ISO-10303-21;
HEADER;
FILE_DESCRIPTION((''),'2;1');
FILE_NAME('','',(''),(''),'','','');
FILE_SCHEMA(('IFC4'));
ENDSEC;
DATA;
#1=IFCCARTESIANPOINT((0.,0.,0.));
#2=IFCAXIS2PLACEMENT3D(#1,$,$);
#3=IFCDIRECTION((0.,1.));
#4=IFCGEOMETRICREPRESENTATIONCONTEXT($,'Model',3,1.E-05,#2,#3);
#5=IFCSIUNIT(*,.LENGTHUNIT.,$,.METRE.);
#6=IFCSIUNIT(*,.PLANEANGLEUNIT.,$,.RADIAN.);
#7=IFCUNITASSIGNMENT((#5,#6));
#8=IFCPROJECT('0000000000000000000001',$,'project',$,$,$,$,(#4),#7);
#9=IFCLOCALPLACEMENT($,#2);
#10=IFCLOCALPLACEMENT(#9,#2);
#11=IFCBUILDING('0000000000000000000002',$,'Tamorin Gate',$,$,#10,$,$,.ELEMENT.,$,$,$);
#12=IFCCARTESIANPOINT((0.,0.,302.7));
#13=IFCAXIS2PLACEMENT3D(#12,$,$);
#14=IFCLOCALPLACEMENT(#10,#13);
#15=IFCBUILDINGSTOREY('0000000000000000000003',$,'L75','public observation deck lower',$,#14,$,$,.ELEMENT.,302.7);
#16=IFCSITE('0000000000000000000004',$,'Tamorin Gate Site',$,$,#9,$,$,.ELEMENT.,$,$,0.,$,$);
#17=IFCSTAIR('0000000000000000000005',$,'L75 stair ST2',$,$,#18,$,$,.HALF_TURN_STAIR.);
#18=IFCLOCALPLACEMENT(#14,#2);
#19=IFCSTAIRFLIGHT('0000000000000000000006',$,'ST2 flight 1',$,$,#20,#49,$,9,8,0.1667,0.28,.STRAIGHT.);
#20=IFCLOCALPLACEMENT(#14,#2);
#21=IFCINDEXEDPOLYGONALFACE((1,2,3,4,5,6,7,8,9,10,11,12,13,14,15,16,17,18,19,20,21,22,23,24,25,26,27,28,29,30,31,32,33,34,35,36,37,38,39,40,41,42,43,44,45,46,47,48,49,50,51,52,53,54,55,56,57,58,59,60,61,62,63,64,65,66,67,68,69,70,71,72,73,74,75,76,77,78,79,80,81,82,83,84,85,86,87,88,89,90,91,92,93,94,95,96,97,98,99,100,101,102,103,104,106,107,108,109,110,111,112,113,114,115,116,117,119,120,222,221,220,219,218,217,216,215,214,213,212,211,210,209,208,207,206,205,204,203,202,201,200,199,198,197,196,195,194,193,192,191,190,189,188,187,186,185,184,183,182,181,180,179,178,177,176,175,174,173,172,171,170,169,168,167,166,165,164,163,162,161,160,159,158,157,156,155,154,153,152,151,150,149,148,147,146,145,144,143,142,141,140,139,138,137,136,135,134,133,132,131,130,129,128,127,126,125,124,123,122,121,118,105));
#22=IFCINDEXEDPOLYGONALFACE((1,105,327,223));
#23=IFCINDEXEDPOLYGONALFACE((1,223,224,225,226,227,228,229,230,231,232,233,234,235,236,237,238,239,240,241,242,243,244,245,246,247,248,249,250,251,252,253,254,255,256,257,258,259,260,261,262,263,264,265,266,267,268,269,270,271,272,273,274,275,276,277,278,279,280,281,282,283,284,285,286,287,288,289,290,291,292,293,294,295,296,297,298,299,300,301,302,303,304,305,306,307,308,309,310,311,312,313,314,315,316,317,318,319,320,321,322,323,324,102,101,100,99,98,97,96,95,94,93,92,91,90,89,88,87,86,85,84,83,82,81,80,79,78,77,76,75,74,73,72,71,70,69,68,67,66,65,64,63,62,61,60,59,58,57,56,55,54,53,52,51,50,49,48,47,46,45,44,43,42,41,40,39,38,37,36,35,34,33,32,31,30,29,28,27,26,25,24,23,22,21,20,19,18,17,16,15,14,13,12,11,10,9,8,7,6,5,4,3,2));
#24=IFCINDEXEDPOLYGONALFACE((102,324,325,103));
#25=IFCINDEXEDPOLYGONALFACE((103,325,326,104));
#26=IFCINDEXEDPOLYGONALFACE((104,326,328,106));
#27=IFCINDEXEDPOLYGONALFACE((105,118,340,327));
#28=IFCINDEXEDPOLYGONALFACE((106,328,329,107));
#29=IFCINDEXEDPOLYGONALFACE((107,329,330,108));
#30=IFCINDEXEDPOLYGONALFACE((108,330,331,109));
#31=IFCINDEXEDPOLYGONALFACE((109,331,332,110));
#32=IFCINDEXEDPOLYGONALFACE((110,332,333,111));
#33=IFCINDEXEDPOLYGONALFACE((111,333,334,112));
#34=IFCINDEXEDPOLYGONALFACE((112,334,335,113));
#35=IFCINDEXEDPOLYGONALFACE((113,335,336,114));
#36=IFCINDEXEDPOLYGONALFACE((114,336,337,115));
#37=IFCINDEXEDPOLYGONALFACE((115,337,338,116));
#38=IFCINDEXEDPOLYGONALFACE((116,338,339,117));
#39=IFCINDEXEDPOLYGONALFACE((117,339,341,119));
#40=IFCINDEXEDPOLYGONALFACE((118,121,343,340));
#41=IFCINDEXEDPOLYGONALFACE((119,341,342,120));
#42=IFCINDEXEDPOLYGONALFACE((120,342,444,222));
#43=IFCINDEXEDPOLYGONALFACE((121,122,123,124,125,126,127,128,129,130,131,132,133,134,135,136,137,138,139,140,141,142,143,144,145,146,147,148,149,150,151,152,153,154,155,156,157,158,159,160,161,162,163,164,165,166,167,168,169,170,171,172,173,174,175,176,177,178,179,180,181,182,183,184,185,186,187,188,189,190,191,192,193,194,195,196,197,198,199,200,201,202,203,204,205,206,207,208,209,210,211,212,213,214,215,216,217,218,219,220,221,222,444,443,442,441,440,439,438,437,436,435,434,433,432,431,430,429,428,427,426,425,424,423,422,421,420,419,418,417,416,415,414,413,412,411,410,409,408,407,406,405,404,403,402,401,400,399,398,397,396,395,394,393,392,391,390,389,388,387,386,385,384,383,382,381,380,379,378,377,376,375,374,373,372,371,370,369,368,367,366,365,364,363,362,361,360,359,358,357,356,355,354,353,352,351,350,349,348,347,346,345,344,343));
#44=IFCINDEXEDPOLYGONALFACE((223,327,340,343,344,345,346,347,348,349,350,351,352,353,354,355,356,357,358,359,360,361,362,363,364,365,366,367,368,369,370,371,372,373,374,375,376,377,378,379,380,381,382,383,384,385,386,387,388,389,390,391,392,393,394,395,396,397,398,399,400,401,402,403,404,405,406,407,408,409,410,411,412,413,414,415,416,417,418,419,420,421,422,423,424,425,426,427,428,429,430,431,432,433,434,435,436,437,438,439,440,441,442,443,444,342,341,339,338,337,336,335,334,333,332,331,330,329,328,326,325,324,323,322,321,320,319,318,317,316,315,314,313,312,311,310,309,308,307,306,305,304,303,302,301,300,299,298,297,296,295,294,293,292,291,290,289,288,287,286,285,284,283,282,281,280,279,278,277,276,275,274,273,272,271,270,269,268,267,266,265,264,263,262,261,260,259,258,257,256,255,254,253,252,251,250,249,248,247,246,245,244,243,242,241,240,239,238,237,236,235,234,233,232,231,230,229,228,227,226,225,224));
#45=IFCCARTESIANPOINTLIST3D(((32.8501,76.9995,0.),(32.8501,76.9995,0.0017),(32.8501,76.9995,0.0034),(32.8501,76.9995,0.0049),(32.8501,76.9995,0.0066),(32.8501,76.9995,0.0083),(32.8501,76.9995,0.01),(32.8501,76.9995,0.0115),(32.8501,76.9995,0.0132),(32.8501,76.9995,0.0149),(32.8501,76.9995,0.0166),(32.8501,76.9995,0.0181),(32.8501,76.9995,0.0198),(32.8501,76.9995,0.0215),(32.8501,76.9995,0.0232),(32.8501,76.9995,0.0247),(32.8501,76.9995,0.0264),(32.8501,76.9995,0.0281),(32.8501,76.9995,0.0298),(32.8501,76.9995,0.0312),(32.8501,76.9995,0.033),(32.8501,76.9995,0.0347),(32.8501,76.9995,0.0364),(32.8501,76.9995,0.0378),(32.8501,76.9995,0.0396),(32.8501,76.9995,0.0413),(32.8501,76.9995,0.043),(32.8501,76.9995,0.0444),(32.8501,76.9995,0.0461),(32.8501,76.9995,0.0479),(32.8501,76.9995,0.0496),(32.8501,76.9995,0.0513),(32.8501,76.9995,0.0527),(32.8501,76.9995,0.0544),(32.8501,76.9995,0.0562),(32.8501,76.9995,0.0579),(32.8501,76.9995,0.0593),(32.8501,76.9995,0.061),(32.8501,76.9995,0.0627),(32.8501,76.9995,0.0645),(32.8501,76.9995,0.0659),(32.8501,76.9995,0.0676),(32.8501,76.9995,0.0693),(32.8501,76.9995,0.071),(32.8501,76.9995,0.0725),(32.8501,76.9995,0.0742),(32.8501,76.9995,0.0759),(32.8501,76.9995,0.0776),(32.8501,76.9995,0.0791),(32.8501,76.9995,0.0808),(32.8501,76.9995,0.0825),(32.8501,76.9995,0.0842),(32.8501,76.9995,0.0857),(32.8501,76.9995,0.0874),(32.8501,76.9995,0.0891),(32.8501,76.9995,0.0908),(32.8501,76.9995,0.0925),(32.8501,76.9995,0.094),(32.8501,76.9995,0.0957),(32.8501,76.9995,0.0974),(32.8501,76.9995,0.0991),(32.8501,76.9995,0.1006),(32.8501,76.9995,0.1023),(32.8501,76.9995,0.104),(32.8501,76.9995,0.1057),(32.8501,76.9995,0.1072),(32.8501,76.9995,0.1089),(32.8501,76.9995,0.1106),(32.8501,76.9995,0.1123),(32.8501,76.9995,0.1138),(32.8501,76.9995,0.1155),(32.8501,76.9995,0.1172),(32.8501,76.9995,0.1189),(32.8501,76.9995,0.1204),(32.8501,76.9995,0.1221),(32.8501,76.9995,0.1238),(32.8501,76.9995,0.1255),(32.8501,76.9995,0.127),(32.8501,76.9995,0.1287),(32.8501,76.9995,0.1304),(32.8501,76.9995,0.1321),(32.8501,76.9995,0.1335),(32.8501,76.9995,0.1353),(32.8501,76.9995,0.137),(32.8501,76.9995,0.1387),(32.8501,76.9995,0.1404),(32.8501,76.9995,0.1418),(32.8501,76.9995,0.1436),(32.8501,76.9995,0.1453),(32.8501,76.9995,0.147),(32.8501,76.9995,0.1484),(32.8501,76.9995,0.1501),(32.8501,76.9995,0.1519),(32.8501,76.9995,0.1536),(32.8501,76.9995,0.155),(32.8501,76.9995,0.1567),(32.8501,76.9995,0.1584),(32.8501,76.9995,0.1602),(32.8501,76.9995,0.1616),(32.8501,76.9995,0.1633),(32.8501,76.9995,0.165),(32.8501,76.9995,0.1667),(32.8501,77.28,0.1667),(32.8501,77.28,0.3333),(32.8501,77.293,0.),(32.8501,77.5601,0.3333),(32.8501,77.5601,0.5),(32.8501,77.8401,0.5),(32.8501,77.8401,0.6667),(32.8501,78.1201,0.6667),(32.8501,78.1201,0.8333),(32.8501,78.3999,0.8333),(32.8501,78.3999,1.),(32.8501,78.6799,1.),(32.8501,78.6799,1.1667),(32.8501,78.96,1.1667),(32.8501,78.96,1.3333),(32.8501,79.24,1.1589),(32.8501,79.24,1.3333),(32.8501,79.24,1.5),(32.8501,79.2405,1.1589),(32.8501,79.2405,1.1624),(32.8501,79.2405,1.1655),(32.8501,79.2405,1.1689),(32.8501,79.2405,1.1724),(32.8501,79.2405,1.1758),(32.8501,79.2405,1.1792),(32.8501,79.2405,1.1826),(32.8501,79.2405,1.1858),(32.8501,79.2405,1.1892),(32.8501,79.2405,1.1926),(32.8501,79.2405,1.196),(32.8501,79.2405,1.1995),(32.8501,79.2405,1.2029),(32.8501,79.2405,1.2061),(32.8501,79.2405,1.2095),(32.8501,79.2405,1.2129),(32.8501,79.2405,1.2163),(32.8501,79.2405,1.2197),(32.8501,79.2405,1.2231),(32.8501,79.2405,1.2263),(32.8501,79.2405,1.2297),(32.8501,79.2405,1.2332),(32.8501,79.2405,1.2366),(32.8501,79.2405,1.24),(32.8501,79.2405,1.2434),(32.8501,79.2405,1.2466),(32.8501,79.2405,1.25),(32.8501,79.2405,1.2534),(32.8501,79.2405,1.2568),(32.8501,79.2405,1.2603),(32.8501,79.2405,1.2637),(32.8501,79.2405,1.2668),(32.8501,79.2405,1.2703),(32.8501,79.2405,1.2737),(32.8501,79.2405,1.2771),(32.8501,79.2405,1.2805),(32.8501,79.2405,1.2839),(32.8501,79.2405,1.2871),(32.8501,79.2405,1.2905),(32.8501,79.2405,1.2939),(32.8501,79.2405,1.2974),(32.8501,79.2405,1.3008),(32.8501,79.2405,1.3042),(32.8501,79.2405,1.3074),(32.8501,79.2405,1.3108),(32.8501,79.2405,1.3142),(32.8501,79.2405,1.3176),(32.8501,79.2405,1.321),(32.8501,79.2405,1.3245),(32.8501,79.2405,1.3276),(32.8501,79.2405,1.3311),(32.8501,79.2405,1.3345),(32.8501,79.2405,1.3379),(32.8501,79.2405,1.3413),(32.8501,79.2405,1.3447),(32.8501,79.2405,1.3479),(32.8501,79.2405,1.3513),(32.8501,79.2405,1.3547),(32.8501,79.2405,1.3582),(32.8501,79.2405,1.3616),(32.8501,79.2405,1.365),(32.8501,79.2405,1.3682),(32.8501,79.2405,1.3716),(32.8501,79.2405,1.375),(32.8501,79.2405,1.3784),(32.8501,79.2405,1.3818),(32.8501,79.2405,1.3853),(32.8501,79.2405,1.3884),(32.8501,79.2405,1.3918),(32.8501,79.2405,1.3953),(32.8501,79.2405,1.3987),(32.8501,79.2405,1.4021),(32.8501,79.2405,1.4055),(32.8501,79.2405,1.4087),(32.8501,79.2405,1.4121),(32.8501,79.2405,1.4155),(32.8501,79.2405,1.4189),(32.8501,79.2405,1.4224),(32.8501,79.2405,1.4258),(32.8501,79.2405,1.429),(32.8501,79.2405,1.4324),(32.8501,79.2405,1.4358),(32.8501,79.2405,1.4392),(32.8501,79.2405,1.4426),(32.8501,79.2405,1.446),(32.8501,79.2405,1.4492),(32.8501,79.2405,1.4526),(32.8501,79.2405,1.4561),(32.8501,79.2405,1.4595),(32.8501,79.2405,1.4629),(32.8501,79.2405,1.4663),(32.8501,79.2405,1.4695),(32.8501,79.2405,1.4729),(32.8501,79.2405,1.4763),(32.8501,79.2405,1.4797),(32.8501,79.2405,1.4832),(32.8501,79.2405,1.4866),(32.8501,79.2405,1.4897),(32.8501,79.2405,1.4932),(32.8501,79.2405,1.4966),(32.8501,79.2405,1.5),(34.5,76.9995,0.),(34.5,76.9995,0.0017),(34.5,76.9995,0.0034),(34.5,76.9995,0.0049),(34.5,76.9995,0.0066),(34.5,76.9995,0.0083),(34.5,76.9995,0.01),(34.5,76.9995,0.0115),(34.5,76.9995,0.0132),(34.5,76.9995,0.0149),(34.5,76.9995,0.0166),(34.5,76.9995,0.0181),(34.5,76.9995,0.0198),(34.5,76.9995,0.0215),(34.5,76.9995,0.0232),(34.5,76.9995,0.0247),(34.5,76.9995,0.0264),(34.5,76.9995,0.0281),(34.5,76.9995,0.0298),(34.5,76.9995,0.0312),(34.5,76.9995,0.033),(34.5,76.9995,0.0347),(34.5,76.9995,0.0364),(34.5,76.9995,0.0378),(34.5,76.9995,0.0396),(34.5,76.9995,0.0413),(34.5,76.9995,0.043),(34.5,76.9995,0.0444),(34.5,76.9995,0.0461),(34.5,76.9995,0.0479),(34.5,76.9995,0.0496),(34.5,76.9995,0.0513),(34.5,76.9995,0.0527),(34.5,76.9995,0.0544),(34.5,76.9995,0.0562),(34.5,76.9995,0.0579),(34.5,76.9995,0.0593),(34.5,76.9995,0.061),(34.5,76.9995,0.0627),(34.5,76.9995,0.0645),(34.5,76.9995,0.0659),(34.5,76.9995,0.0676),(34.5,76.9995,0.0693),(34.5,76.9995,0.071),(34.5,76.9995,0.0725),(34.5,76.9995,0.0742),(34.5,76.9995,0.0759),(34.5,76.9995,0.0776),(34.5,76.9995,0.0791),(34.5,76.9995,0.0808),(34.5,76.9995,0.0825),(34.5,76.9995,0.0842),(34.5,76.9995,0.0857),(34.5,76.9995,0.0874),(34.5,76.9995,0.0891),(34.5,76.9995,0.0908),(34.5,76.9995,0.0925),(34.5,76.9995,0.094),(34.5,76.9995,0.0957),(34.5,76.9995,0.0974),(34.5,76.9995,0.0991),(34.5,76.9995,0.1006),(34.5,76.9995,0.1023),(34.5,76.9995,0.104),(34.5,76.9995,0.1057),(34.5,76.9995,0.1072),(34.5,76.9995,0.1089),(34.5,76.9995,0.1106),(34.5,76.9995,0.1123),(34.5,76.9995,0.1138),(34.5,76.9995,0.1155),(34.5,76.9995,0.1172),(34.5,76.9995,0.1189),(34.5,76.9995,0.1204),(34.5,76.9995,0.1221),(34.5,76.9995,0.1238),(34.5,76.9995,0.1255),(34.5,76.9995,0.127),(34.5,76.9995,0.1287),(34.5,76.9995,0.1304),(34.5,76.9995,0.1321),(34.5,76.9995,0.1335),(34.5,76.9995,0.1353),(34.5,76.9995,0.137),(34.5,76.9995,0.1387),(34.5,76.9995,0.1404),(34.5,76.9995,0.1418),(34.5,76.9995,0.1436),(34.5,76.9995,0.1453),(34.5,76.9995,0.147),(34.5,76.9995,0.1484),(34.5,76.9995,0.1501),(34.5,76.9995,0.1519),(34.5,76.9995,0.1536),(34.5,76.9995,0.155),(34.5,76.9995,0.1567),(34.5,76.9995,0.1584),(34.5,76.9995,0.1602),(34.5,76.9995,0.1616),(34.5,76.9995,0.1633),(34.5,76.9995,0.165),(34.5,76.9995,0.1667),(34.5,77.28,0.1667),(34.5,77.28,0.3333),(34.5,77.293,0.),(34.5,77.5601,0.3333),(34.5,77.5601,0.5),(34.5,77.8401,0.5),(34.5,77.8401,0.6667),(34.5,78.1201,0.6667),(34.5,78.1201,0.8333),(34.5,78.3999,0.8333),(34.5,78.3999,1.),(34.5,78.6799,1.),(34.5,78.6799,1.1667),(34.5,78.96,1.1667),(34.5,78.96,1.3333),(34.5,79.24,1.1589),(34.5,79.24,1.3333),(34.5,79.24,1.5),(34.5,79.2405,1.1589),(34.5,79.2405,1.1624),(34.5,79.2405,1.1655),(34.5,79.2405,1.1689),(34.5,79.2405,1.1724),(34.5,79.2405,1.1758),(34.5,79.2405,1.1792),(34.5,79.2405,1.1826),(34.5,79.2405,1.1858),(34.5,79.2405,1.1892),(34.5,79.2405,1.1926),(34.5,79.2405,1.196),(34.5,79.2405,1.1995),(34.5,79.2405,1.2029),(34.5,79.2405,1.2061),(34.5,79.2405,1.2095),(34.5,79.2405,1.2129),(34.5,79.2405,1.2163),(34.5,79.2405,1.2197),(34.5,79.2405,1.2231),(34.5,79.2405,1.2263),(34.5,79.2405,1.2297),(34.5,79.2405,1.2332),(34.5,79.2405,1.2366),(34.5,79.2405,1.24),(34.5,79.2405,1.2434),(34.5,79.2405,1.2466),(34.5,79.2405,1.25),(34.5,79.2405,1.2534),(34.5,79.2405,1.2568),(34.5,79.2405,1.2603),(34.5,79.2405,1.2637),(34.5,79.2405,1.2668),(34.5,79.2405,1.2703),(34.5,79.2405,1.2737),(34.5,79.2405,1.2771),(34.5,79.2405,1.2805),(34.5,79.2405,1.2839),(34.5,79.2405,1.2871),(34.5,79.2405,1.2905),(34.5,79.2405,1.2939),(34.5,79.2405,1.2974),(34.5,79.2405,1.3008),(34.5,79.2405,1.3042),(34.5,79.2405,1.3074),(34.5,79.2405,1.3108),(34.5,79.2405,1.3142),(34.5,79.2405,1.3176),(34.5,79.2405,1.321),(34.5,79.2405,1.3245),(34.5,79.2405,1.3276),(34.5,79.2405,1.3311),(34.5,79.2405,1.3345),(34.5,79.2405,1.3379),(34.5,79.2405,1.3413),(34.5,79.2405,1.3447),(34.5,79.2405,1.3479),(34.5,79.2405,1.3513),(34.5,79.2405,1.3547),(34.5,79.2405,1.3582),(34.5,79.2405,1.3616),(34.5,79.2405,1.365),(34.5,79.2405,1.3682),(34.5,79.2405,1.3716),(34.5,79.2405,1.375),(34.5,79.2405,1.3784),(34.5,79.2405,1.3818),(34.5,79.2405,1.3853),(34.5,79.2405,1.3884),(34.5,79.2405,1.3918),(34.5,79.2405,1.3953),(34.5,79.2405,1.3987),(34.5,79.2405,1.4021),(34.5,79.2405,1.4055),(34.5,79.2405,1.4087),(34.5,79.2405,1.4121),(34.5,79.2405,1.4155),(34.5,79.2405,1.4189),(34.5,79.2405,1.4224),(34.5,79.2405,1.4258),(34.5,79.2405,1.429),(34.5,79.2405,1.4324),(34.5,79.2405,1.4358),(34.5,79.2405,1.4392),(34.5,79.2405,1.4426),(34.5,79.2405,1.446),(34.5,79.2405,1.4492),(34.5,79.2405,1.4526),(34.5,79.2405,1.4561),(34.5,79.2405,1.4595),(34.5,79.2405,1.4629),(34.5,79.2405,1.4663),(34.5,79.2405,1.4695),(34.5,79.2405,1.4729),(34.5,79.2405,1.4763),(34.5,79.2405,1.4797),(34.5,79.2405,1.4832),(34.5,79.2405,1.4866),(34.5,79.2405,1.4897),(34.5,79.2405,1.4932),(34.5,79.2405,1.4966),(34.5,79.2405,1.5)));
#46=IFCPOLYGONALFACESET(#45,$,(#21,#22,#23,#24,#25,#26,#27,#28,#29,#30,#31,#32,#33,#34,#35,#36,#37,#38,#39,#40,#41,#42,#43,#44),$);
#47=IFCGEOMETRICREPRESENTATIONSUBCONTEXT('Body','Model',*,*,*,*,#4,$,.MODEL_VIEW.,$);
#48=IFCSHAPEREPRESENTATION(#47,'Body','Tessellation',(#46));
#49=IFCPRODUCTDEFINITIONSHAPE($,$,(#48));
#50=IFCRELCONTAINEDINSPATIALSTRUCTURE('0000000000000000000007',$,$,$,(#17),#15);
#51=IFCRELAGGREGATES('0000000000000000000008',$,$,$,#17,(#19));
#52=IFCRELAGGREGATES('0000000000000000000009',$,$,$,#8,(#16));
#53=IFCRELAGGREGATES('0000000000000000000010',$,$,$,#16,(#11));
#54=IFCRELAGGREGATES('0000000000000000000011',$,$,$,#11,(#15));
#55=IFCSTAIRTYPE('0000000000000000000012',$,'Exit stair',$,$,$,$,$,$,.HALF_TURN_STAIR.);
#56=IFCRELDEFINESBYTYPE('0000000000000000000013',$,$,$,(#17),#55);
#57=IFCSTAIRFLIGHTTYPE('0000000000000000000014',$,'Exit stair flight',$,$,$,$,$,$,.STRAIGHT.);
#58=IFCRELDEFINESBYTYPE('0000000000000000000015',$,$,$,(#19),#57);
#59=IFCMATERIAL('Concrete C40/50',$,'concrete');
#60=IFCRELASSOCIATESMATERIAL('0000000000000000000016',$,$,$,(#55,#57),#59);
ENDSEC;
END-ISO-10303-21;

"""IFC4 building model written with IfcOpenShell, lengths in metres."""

from ifc_helpers import new_model, si_unit, direction, frame, origin, place, context, subcontext, project, spatial, polyline, outline, extrude, material, type_object, element, aggregate, save


model = new_model("IFC4")

# Units and contexts
model_context = context("Model", 3, precision=1e-05, world=origin(), true_north=direction((0.0, 1.0)))
body_context = subcontext(model_context, "Body", "Model", "MODEL_VIEW")
ifc_project = project(units=[si_unit("LENGTHUNIT", "METRE"), si_unit("PLANEANGLEUNIT", "RADIAN")], contexts=[model_context])

# Site, building, storey
site_placement = place(None, origin())
site = spatial("IfcSite", under=ifc_project, at=site_placement, Name="Tamorin Gate Site", CompositionType="ELEMENT", RefElevation=0.0)
building_placement = place(site_placement, origin())
building = spatial("IfcBuilding", under=site, at=building_placement, Name="Tamorin Gate", CompositionType="ELEMENT")
storey_placement = place(building_placement, frame((0.0, 0.0, 302.7)))
storey = spatial("IfcBuildingStorey", under=building, at=storey_placement, Name="L75", Description="public observation deck lower", CompositionType="ELEMENT", Elevation=302.7)

# Shared definitions
ifc_material_1 = material(Name="Concrete C40/50", Category="concrete")

# Stair, stair flight
stair_type = type_object("IfcStairType", Name="Exit stair", PredefinedType="HALF_TURN_STAIR", material=ifc_material_1)
stair_placement = place(storey_placement, origin())
stair = element("IfcStair", 1, at=stair_placement, inside=storey, type_object=stair_type, Name="L75 stair ST2", PredefinedType="HALF_TURN_STAIR")
stair_flight_type = type_object("IfcStairFlightType", Name="Exit stair flight", PredefinedType="STRAIGHT", material=ifc_material_1)
stair_flight_1_placement = place(storey_placement, frame((33.675, 77.0, 0.0), z_axis=(0.0, 0.0, 1.0), x_axis=(0.0, 1.0, 0.0)))
stair_flight_1 = element("IfcStairFlight", 2, at=stair_flight_1_placement, type_object=stair_flight_type, Name="ST2 flight 1", NumberOfRisers=9, NumberOfTreads=8, PredefinedType="STRAIGHT", RiserHeight=0.1667, TreadLength=0.28, context=body_context, shape_type="SweptSolid", body=[
    extrude(outline(polyline([(-0.0005, 0.0), (-0.0005, 0.0017), (-0.0005, 0.0034), (-0.0005, 0.0049), (-0.0005, 0.0066), (-0.0005, 0.0083), (-0.0005, 0.01), (-0.0005, 0.0115), (-0.0005, 0.0132), (-0.0005, 0.0149), (-0.0005, 0.0166), (-0.0005, 0.0181), (-0.0005, 0.0198), (-0.0005, 0.0215), (-0.0005, 0.0232), (-0.0005, 0.0247), (-0.0005, 0.0264), (-0.0005, 0.0281), (-0.0005, 0.0298), (-0.0005, 0.0312), (-0.0005, 0.033), (-0.0005, 0.0347), (-0.0005, 0.0364), (-0.0005, 0.0378), (-0.0005, 0.0396), (-0.0005, 0.0413), (-0.0005, 0.043), (-0.0005, 0.0444), (-0.0005, 0.0461), (-0.0005, 0.0479), (-0.0005, 0.0496), (-0.0005, 0.0513), (-0.0005, 0.0527), (-0.0005, 0.0544), (-0.0005, 0.0562), (-0.0005, 0.0579), (-0.0005, 0.0593), (-0.0005, 0.061), (-0.0005, 0.0627), (-0.0005, 0.0645), (-0.0005, 0.0659), (-0.0005, 0.0676), (-0.0005, 0.0693), (-0.0005, 0.071), (-0.0005, 0.0725), (-0.0005, 0.0742), (-0.0005, 0.0759), (-0.0005, 0.0776), (-0.0005, 0.0791), (-0.0005, 0.0808), (-0.0005, 0.0825), (-0.0005, 0.0842), (-0.0005, 0.0857), (-0.0005, 0.0874), (-0.0005, 0.0891), (-0.0005, 0.0908), (-0.0005, 0.0925), (-0.0005, 0.094), (-0.0005, 0.0957), (-0.0005, 0.0974), (-0.0005, 0.0991), (-0.0005, 0.1006), (-0.0005, 0.1023), (-0.0005, 0.104), (-0.0005, 0.1057), (-0.0005, 0.1072), (-0.0005, 0.1089), (-0.0005, 0.1106), (-0.0005, 0.1123), (-0.0005, 0.1138), (-0.0005, 0.1155), (-0.0005, 0.1172), (-0.0005, 0.1189), (-0.0005, 0.1204), (-0.0005, 0.1221), (-0.0005, 0.1238), (-0.0005, 0.1255), (-0.0005, 0.127), (-0.0005, 0.1287), (-0.0005, 0.1304), (-0.0005, 0.1321), (-0.0005, 0.1335), (-0.0005, 0.1353), (-0.0005, 0.137), (-0.0005, 0.1387), (-0.0005, 0.1404), (-0.0005, 0.1418), (-0.0005, 0.1436), (-0.0005, 0.1453), (-0.0005, 0.147), (-0.0005, 0.1484), (-0.0005, 0.1501), (-0.0005, 0.1519), (-0.0005, 0.1536), (-0.0005, 0.155), (-0.0005, 0.1567), (-0.0005, 0.1584), (-0.0005, 0.1602), (-0.0005, 0.1616), (-0.0005, 0.1633), (-0.0005, 0.165), (-0.0005, 0.1667), (0.28, 0.1667), (0.28, 0.3333), (0.5601, 0.3333), (0.5601, 0.5), (0.8401, 0.5), (0.8401, 0.6667), (1.1201, 0.6667), (1.1201, 0.8333), (1.3999, 0.8333), (1.3999, 1.0), (1.6799, 1.0), (1.6799, 1.1667), (1.96, 1.1667), (1.96, 1.3333), (2.24, 1.3333), (2.24, 1.5), (2.2405, 1.5), (2.2405, 1.4966), (2.2405, 1.4932), (2.2405, 1.4897), (2.2405, 1.4866), (2.2405, 1.4832), (2.2405, 1.4797), (2.2405, 1.4763), (2.2405, 1.4729), (2.2405, 1.4695), (2.2405, 1.4663), (2.2405, 1.4629), (2.2405, 1.4595), (2.2405, 1.4561), (2.2405, 1.4526), (2.2405, 1.4492), (2.2405, 1.446), (2.2405, 1.4426), (2.2405, 1.4392), (2.2405, 1.4358), (2.2405, 1.4324), (2.2405, 1.429), (2.2405, 1.4258), (2.2405, 1.4224), (2.2405, 1.4189), (2.2405, 1.4155), (2.2405, 1.4121), (2.2405, 1.4087), (2.2405, 1.4055), (2.2405, 1.4021), (2.2405, 1.3987), (2.2405, 1.3953), (2.2405, 1.3918), (2.2405, 1.3884), (2.2405, 1.3853), (2.2405, 1.3818), (2.2405, 1.3784), (2.2405, 1.375), (2.2405, 1.3716), (2.2405, 1.3682), (2.2405, 1.365), (2.2405, 1.3616), (2.2405, 1.3582), (2.2405, 1.3547), (2.2405, 1.3513), (2.2405, 1.3479), (2.2405, 1.3447), (2.2405, 1.3413), (2.2405, 1.3379), (2.2405, 1.3345), (2.2405, 1.3311), (2.2405, 1.3276), (2.2405, 1.3245), (2.2405, 1.321), (2.2405, 1.3176), (2.2405, 1.3142), (2.2405, 1.3108), (2.2405, 1.3074), (2.2405, 1.3042), (2.2405, 1.3008), (2.2405, 1.2974), (2.2405, 1.2939), (2.2405, 1.2905), (2.2405, 1.2871), (2.2405, 1.2839), (2.2405, 1.2805), (2.2405, 1.2771), (2.2405, 1.2737), (2.2405, 1.2703), (2.2405, 1.2668), (2.2405, 1.2637), (2.2405, 1.2603), (2.2405, 1.2568), (2.2405, 1.2534), (2.2405, 1.25), (2.2405, 1.2466), (2.2405, 1.2434), (2.2405, 1.24), (2.2405, 1.2366), (2.2405, 1.2332), (2.2405, 1.2297), (2.2405, 1.2263), (2.2405, 1.2231), (2.2405, 1.2197), (2.2405, 1.2163), (2.2405, 1.2129), (2.2405, 1.2095), (2.2405, 1.2061), (2.2405, 1.2029), (2.2405, 1.1995), (2.2405, 1.196), (2.2405, 1.1926), (2.2405, 1.1892), (2.2405, 1.1858), (2.2405, 1.1826), (2.2405, 1.1792), (2.2405, 1.1758), (2.2405, 1.1724), (2.2405, 1.1689), (2.2405, 1.1655), (2.2405, 1.1624), (2.2405, 1.1589), (2.24, 1.1589), (0.293, 0.0), (-0.0005, 0.0)])), frame((0.0, 0.825, 0.0), z_axis=(0.0, -1.0, 0.0), x_axis=(1.0, 0.0, 0.0)), (0.0, 0.0, 1.0), 1.6499),
])
aggregate(stair, [stair_flight_1])

save(model, "model.ifc")
